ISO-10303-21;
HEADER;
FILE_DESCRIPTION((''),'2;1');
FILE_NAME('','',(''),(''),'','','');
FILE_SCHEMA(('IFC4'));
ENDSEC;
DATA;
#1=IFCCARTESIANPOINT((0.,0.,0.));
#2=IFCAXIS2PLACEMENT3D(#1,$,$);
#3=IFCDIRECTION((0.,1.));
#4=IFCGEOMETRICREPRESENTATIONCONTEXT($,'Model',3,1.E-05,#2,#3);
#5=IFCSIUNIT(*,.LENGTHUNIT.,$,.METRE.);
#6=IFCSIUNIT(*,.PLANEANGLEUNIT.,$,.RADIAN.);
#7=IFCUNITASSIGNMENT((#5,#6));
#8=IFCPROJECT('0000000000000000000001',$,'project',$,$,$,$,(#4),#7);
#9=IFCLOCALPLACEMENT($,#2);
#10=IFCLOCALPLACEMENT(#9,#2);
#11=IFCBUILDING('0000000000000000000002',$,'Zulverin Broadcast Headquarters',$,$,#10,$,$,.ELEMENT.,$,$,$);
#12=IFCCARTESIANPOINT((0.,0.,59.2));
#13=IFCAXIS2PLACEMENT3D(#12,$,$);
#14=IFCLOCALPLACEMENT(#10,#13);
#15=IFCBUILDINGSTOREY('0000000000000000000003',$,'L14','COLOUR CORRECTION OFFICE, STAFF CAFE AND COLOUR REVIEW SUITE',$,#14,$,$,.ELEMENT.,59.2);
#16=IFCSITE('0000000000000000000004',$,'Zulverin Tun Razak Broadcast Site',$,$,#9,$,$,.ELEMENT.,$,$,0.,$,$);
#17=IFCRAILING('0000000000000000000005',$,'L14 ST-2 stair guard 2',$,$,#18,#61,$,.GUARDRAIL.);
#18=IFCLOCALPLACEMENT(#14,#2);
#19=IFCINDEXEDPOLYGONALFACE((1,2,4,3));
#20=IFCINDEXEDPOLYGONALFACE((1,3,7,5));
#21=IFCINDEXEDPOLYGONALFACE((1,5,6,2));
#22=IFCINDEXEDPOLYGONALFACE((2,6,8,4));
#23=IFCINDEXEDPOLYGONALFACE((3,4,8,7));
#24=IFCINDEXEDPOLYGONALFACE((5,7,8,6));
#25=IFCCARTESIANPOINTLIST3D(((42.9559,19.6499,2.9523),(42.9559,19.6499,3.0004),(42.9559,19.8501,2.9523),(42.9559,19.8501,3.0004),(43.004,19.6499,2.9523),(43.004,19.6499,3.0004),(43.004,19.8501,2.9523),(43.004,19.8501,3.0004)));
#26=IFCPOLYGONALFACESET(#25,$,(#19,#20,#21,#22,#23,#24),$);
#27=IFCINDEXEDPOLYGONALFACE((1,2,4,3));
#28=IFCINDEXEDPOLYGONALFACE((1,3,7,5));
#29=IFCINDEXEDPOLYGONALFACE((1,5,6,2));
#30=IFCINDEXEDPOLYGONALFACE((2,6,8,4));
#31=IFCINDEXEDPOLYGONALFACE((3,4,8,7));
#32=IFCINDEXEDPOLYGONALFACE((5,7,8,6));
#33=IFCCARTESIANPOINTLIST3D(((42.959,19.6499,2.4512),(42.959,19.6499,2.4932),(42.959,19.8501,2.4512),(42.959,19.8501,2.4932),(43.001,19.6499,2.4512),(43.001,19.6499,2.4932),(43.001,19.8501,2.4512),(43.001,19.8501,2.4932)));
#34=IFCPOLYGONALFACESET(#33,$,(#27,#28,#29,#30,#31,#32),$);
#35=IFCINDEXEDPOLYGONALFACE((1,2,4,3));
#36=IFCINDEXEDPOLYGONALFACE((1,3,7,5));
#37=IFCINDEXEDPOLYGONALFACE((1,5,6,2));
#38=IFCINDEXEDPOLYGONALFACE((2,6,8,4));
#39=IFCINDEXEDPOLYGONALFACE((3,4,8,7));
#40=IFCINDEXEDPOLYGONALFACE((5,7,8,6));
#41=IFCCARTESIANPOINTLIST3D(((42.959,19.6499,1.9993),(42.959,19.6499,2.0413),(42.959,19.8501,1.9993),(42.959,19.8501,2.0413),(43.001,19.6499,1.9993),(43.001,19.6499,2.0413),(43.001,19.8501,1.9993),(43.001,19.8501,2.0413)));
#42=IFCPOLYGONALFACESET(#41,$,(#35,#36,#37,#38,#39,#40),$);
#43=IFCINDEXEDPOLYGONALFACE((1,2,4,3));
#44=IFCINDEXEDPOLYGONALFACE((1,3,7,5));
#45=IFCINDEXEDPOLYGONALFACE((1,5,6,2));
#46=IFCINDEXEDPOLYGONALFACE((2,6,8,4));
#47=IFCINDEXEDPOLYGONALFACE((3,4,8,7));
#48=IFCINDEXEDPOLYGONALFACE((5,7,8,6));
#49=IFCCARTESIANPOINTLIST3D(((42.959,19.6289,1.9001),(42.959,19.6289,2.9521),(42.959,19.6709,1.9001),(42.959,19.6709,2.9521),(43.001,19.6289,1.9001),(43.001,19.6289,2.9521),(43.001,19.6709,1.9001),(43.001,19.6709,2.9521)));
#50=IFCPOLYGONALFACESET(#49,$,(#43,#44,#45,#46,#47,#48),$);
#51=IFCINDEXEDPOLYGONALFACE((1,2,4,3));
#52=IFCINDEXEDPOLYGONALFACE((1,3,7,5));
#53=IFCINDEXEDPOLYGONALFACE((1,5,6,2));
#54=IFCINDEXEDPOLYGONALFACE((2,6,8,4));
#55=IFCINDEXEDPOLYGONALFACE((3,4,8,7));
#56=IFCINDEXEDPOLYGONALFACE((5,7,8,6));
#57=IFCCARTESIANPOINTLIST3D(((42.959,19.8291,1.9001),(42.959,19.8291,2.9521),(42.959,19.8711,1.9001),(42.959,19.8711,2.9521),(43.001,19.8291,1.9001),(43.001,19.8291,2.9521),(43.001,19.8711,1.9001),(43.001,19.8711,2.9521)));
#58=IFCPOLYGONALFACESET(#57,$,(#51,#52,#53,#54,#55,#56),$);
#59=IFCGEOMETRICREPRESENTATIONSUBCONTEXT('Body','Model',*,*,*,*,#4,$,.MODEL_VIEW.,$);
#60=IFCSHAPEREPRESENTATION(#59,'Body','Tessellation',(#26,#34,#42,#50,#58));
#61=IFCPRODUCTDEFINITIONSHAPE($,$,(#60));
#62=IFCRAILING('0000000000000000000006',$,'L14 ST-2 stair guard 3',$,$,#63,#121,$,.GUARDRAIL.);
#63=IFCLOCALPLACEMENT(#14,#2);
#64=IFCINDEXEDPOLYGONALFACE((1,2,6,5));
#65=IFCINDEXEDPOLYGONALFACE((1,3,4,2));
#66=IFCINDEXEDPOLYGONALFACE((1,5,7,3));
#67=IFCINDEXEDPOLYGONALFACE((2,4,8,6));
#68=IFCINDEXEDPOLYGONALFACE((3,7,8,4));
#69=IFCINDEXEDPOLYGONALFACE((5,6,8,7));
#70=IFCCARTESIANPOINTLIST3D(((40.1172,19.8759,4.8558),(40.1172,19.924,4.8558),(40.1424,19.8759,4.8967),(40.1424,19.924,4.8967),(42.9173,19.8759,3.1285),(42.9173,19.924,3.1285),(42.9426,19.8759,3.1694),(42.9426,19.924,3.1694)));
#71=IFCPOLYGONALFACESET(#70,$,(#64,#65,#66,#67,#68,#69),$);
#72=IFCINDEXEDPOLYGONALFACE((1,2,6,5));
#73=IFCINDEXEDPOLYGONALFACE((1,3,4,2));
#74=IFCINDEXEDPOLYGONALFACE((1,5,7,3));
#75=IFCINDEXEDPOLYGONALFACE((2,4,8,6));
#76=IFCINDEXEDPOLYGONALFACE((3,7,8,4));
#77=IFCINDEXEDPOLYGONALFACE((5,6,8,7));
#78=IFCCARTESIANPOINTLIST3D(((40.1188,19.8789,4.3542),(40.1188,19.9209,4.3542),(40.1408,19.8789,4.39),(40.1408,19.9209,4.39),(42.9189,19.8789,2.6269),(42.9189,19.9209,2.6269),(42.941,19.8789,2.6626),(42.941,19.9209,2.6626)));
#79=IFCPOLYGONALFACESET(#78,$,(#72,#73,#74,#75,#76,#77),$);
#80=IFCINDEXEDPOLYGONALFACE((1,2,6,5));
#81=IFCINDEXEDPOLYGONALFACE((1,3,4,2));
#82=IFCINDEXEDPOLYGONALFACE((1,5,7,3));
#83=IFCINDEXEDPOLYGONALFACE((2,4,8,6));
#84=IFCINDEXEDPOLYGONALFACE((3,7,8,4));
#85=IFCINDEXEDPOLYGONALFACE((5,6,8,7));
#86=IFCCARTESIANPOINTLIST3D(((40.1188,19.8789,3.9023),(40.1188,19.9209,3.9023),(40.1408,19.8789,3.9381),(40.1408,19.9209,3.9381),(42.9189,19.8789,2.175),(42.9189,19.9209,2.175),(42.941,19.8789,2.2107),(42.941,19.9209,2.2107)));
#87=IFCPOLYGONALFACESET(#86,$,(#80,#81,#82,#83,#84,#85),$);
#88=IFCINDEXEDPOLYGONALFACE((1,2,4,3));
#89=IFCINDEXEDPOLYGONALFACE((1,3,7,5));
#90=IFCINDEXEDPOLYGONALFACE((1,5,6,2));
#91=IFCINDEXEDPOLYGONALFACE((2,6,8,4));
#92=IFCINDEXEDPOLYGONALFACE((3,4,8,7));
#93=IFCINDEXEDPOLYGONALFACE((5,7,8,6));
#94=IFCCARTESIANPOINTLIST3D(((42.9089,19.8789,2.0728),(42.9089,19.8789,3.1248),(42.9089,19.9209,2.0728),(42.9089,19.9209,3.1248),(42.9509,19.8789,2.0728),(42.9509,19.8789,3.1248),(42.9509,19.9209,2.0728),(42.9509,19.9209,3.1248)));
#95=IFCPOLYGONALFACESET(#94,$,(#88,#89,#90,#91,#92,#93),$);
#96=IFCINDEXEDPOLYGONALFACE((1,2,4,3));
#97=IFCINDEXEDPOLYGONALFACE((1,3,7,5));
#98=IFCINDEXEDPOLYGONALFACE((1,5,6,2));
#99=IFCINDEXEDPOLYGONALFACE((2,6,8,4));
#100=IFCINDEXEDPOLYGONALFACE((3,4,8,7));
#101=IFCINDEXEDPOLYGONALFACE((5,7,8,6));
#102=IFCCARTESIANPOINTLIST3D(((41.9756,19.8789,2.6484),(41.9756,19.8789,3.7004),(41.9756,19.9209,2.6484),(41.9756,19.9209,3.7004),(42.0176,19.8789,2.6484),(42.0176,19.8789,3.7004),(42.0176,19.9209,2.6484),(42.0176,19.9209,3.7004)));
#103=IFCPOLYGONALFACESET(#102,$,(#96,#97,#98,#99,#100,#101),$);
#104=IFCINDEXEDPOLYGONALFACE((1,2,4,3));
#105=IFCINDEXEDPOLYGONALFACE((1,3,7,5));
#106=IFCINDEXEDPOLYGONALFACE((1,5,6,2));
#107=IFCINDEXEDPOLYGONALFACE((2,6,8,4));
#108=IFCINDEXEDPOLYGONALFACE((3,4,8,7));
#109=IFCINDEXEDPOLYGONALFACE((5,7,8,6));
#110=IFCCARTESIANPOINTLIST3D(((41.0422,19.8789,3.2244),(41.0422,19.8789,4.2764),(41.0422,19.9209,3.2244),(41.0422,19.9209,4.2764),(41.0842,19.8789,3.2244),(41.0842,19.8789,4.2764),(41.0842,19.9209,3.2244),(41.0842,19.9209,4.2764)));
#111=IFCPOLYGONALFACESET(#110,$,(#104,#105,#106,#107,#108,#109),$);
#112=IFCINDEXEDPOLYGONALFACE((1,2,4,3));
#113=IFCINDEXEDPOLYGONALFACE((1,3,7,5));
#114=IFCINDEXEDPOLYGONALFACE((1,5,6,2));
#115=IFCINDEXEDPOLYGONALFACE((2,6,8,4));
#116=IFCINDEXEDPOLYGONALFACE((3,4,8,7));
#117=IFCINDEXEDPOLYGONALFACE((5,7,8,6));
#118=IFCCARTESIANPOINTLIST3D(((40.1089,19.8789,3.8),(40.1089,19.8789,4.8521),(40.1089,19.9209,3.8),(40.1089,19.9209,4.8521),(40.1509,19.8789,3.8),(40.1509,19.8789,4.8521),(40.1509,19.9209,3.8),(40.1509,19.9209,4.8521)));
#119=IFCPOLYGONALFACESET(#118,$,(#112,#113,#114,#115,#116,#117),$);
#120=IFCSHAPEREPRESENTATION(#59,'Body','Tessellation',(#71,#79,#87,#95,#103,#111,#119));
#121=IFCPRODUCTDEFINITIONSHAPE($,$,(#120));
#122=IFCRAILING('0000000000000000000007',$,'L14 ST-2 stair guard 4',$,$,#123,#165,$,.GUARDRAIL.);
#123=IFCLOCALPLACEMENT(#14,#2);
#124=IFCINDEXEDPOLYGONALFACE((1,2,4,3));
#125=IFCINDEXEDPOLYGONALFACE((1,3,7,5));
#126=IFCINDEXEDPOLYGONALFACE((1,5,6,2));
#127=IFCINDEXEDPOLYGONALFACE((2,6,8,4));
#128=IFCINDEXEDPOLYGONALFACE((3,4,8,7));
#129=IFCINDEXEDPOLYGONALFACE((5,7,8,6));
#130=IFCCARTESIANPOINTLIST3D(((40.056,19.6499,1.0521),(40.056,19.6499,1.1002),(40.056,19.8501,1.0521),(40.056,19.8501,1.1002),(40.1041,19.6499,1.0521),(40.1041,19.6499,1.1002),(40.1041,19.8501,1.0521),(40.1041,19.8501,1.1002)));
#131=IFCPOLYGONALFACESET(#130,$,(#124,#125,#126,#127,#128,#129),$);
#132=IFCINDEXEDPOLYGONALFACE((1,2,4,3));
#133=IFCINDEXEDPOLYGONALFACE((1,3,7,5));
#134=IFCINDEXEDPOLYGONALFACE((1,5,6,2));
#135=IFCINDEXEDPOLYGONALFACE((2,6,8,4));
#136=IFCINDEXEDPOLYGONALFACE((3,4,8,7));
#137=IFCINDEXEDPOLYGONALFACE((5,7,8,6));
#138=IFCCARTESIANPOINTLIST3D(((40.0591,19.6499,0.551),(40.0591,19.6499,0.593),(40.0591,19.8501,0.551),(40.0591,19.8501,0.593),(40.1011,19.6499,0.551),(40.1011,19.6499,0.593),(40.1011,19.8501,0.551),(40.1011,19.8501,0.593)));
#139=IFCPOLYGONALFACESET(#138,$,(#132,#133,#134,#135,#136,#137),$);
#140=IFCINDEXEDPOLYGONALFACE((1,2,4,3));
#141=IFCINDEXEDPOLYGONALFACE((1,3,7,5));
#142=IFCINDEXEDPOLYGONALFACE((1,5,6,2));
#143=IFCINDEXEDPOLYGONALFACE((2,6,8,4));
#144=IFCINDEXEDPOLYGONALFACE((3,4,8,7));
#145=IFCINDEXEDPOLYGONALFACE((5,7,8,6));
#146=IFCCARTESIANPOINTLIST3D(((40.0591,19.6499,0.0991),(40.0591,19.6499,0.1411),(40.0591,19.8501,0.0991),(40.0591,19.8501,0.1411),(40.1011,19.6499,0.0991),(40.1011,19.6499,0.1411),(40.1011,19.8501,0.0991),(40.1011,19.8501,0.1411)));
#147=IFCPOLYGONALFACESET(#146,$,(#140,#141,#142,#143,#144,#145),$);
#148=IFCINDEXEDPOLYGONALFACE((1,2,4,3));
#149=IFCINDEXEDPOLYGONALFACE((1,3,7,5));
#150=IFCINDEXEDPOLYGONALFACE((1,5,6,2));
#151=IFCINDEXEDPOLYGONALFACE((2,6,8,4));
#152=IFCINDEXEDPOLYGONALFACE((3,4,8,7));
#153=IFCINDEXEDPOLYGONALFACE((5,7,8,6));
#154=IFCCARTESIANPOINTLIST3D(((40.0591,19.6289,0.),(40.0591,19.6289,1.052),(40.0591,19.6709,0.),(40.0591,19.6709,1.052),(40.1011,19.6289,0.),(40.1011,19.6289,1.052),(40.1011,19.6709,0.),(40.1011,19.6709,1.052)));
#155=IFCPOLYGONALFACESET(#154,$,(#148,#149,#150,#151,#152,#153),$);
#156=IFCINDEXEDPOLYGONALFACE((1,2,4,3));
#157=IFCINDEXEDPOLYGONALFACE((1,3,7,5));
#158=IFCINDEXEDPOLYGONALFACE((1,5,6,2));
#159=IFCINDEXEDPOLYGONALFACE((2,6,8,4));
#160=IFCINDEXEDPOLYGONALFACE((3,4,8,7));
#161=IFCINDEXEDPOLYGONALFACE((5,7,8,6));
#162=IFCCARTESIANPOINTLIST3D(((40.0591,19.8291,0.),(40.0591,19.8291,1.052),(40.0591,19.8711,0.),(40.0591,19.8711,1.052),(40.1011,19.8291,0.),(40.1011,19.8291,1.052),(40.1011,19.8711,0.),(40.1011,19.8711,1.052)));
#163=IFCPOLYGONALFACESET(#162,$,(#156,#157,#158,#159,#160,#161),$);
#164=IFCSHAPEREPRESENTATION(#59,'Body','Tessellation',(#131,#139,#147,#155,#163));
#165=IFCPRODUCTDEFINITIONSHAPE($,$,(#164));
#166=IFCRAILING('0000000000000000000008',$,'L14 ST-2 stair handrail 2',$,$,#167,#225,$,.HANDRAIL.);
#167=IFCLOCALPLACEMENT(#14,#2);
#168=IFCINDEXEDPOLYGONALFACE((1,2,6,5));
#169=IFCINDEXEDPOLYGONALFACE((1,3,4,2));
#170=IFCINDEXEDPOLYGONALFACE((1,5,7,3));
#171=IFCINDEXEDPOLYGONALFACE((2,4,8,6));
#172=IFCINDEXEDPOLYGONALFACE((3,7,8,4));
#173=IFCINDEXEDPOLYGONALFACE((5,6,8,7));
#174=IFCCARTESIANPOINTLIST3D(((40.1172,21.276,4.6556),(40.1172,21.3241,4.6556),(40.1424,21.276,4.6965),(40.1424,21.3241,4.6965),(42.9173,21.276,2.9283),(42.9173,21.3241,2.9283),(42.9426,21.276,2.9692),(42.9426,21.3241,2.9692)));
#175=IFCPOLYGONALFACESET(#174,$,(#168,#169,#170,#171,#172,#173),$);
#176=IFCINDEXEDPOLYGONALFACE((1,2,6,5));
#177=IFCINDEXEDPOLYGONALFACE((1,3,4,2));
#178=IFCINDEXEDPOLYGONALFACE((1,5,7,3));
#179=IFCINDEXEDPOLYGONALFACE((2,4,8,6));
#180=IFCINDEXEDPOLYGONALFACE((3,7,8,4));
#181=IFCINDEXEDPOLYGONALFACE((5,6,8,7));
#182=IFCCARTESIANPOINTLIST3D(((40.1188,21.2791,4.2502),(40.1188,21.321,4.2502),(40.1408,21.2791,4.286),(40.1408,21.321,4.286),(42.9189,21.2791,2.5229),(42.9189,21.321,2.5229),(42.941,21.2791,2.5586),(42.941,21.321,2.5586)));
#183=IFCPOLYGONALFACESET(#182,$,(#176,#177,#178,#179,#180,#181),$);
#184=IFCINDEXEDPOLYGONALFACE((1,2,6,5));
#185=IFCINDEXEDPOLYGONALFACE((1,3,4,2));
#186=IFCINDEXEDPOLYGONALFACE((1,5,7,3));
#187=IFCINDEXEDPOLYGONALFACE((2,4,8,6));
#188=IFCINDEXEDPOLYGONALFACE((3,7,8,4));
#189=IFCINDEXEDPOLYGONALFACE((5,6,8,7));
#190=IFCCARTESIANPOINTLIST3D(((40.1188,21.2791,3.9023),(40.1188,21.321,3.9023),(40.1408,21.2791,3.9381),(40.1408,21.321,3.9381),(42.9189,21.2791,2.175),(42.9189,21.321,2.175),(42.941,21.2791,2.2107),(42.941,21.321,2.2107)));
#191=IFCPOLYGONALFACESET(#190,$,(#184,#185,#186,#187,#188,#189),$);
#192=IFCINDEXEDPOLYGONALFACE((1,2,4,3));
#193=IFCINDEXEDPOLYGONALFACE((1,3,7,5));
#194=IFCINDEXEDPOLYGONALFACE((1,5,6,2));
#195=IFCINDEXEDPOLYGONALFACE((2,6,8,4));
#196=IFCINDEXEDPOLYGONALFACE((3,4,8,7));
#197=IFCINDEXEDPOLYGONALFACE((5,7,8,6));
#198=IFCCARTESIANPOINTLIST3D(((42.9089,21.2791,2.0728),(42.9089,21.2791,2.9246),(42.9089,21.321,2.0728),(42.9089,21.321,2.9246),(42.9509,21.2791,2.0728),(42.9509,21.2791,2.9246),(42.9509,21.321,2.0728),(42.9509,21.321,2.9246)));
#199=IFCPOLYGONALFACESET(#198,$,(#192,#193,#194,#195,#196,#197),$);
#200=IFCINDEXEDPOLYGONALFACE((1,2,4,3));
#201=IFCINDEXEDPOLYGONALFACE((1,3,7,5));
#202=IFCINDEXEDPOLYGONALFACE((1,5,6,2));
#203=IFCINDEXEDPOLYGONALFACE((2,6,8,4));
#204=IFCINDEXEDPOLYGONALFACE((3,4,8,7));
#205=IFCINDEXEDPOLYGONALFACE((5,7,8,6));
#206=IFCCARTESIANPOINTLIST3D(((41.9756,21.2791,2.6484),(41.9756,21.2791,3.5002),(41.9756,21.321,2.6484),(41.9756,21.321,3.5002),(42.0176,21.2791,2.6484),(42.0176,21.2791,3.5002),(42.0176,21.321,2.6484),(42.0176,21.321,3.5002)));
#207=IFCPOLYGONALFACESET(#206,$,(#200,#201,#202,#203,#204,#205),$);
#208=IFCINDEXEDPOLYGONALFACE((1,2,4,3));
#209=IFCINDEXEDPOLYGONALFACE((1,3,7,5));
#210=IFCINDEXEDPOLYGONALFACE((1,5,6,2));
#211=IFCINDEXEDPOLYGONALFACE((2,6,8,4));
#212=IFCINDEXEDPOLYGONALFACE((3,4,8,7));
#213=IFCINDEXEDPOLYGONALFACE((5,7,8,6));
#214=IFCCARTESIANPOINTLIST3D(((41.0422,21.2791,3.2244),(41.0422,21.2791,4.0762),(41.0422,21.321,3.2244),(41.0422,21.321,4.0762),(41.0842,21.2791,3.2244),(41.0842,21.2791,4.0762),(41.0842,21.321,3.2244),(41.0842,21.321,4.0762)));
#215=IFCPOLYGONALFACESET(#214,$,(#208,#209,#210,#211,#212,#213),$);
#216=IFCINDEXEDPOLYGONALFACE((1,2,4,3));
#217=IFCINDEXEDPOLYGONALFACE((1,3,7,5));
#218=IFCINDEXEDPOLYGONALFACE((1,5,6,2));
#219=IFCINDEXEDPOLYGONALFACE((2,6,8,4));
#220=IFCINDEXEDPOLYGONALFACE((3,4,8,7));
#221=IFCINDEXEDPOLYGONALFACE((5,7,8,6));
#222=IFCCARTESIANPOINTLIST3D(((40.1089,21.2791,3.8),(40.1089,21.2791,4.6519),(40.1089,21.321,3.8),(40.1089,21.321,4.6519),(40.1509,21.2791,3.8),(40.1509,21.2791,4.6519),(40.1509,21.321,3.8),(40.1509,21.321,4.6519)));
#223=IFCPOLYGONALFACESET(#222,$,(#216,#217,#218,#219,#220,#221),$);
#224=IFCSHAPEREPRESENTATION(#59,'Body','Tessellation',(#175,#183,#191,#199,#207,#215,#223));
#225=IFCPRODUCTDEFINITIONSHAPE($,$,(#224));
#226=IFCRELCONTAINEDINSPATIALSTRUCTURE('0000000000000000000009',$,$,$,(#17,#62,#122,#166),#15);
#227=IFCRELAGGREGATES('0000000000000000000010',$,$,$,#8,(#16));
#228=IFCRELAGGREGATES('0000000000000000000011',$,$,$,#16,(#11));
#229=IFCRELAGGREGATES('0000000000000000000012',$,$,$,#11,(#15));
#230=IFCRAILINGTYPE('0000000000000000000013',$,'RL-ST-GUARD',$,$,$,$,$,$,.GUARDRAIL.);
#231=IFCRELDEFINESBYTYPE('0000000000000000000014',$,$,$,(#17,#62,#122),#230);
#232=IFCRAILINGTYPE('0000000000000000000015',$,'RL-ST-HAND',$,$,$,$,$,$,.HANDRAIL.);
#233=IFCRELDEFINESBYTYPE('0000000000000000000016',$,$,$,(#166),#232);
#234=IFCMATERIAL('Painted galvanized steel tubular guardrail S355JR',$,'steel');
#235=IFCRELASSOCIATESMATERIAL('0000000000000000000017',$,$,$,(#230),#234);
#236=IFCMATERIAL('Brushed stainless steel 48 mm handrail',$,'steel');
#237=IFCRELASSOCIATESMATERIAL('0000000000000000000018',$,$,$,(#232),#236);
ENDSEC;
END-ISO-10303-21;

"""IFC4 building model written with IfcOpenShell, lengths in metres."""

from ifc_helpers import new_model, si_unit, direction, frame, origin, origin_2d, place, context, subcontext, project, spatial, rectangle, extrude, material, type_object, element, save


model = new_model("IFC4")

# Units and contexts
model_context = context("Model", 3, precision=1e-05, world=origin(), true_north=direction((0.0, 1.0)))
body_context = subcontext(model_context, "Body", "Model", "MODEL_VIEW")
ifc_project = project(units=[si_unit("LENGTHUNIT", "METRE"), si_unit("PLANEANGLEUNIT", "RADIAN")], contexts=[model_context])

# Site, building, storey
site_placement = place(None, origin())
site = spatial("IfcSite", under=ifc_project, at=site_placement, Name="Zulverin Tun Razak Broadcast Site", CompositionType="ELEMENT", RefElevation=0.0)
building_placement = place(site_placement, origin())
building = spatial("IfcBuilding", under=site, at=building_placement, Name="Zulverin Broadcast Headquarters", CompositionType="ELEMENT")
storey_placement = place(building_placement, frame((0.0, 0.0, 59.2)))
storey = spatial("IfcBuildingStorey", under=building, at=storey_placement, Name="L14", Description="COLOUR CORRECTION OFFICE, STAFF CAFE AND COLOUR REVIEW SUITE", CompositionType="ELEMENT", Elevation=59.2)

# Railings
ifc_material_1 = material(Name="Painted galvanized steel tubular guardrail S355JR", Category="steel")
railing_type_1 = type_object("IfcRailingType", Name="RL-ST-GUARD", PredefinedType="GUARDRAIL", material=ifc_material_1)
railing_1_placement = place(storey_placement, frame((42.98, 19.6499, 1.9001)))
element("IfcRailing", 1, at=railing_1_placement, inside=storey, type_object=railing_type_1, Name="L14 ST-2 stair guard 2", PredefinedType="GUARDRAIL", context=body_context, shape_type="SweptSolid", body=[
    extrude(rectangle(XDim=0.0481, YDim=0.0481, at=origin_2d()), frame((0.0, 0.0, 1.0762), z_axis=(0.0, 1.0, 0.0), x_axis=(-1.0, 0.0, 0.0)), (0.0, 0.0, 1.0), 0.2002),
    extrude(rectangle(XDim=0.042, YDim=0.042, at=origin_2d()), frame((0.0, 0.0, 0.572), z_axis=(0.0, 1.0, 0.0), x_axis=(-1.0, 0.0, 0.0)), (0.0, 0.0, 1.0), 0.2002),
    extrude(rectangle(XDim=0.042, YDim=0.042, at=origin_2d()), frame((0.0, 0.0, 0.1201), z_axis=(0.0, 1.0, 0.0), x_axis=(-1.0, 0.0, 0.0)), (0.0, 0.0, 1.0), 0.2002),
    extrude(rectangle(XDim=0.042, YDim=0.042, at=origin_2d()), origin(), (0.0, 0.0, 1.0), 1.052),
    extrude(rectangle(XDim=0.042, YDim=0.042, at=origin_2d()), frame((0.0, 0.2002, 0.0)), (0.0, 0.0, 1.0), 1.052),
])
railing_2_placement = place(storey_placement, frame((42.9299, 19.8999, 2.0728)))
element("IfcRailing", 2, at=railing_2_placement, inside=storey, type_object=railing_type_1, Name="L14 ST-2 stair guard 3", PredefinedType="GUARDRAIL", context=body_context, shape_type="SweptSolid", body=[
    extrude(rectangle(XDim=0.0481, YDim=0.0481, at=origin_2d()), frame((0.0, 0.0, 1.0762), z_axis=(-0.85109, 0.0, 0.52502), x_axis=(0.0, -1.0, 0.0)), (0.0, 0.0, 1.0), 3.29),
    extrude(rectangle(XDim=0.042, YDim=0.042, at=origin_2d()), frame((0.0, 0.0, 0.572), z_axis=(-0.85109, 0.0, 0.52502), x_axis=(0.0, -1.0, 0.0)), (0.0, 0.0, 1.0), 3.29),
    extrude(rectangle(XDim=0.042, YDim=0.042, at=origin_2d()), frame((0.0, 0.0, 0.1201), z_axis=(-0.85109, 0.0, 0.52502), x_axis=(0.0, -1.0, 0.0)), (0.0, 0.0, 1.0), 3.29),
    extrude(rectangle(XDim=0.042, YDim=0.042, at=origin_2d()), origin(), (0.0, 0.0, 1.0), 1.052),
    extrude(rectangle(XDim=0.042, YDim=0.042, at=origin_2d()), frame((-0.9333, 0.0, 0.5757)), (0.0, 0.0, 1.0), 1.052),
    extrude(rectangle(XDim=0.042, YDim=0.042, at=origin_2d()), frame((-1.8667, 0.0, 1.1516)), (0.0, 0.0, 1.0), 1.052),
    extrude(rectangle(XDim=0.042, YDim=0.042, at=origin_2d()), frame((-2.8, 0.0, 1.7273)), (0.0, 0.0, 1.0), 1.052),
])
railing_3_placement = place(storey_placement, frame((40.0801, 19.6499, 0.0)))
element("IfcRailing", 3, at=railing_3_placement, inside=storey, type_object=railing_type_1, Name="L14 ST-2 stair guard 4", PredefinedType="GUARDRAIL", context=body_context, shape_type="SweptSolid", body=[
    extrude(rectangle(XDim=0.0481, YDim=0.0481, at=origin_2d()), frame((0.0, 0.0, 1.0762), z_axis=(0.0, 1.0, 0.0), x_axis=(-1.0, 0.0, 0.0)), (0.0, 0.0, 1.0), 0.2002),
    extrude(rectangle(XDim=0.042, YDim=0.042, at=origin_2d()), frame((0.0, 0.0, 0.572), z_axis=(0.0, 1.0, 0.0), x_axis=(-1.0, 0.0, 0.0)), (0.0, 0.0, 1.0), 0.2002),
    extrude(rectangle(XDim=0.042, YDim=0.042, at=origin_2d()), frame((0.0, 0.0, 0.1201), z_axis=(0.0, 1.0, 0.0), x_axis=(-1.0, 0.0, 0.0)), (0.0, 0.0, 1.0), 0.2002),
    extrude(rectangle(XDim=0.042, YDim=0.042, at=origin_2d()), origin(), (0.0, 0.0, 1.0), 1.052),
    extrude(rectangle(XDim=0.042, YDim=0.042, at=origin_2d()), frame((0.0, 0.2002, 0.0)), (0.0, 0.0, 1.0), 1.052),
])
ifc_material_2 = material(Name="Brushed stainless steel 48 mm handrail", Category="steel")
railing_type_2 = type_object("IfcRailingType", Name="RL-ST-HAND", PredefinedType="HANDRAIL", material=ifc_material_2)
railing_4_placement = place(storey_placement, frame((42.9299, 21.3, 2.0728)))
element("IfcRailing", 4, at=railing_4_placement, inside=storey, type_object=railing_type_2, Name="L14 ST-2 stair handrail 2", PredefinedType="HANDRAIL", context=body_context, shape_type="SweptSolid", body=[
    extrude(rectangle(XDim=0.0481, YDim=0.0481, at=origin_2d()), frame((0.0, 0.0, 0.876), z_axis=(-0.85109, 0.0, 0.52502), x_axis=(0.0, -1.0, 0.0)), (0.0, 0.0, 1.0), 3.29),
    extrude(rectangle(XDim=0.042, YDim=0.042, at=origin_2d()), frame((0.0, 0.0, 0.468), z_axis=(-0.85109, 0.0, 0.52502), x_axis=(0.0, -1.0, 0.0)), (0.0, 0.0, 1.0), 3.29),
    extrude(rectangle(XDim=0.042, YDim=0.042, at=origin_2d()), frame((0.0, 0.0, 0.1201), z_axis=(-0.85109, 0.0, 0.52502), x_axis=(0.0, -1.0, 0.0)), (0.0, 0.0, 1.0), 3.29),
    extrude(rectangle(XDim=0.042, YDim=0.042, at=origin_2d()), origin(), (0.0, 0.0, 1.0), 0.8518),
    extrude(rectangle(XDim=0.042, YDim=0.042, at=origin_2d()), frame((-0.9333, 0.0, 0.5757)), (0.0, 0.0, 1.0), 0.8518),
    extrude(rectangle(XDim=0.042, YDim=0.042, at=origin_2d()), frame((-1.8667, 0.0, 1.1516)), (0.0, 0.0, 1.0), 0.8518),
    extrude(rectangle(XDim=0.042, YDim=0.042, at=origin_2d()), frame((-2.8, 0.0, 1.7273)), (0.0, 0.0, 1.0), 0.8518),
])

save(model, "model.ifc")
